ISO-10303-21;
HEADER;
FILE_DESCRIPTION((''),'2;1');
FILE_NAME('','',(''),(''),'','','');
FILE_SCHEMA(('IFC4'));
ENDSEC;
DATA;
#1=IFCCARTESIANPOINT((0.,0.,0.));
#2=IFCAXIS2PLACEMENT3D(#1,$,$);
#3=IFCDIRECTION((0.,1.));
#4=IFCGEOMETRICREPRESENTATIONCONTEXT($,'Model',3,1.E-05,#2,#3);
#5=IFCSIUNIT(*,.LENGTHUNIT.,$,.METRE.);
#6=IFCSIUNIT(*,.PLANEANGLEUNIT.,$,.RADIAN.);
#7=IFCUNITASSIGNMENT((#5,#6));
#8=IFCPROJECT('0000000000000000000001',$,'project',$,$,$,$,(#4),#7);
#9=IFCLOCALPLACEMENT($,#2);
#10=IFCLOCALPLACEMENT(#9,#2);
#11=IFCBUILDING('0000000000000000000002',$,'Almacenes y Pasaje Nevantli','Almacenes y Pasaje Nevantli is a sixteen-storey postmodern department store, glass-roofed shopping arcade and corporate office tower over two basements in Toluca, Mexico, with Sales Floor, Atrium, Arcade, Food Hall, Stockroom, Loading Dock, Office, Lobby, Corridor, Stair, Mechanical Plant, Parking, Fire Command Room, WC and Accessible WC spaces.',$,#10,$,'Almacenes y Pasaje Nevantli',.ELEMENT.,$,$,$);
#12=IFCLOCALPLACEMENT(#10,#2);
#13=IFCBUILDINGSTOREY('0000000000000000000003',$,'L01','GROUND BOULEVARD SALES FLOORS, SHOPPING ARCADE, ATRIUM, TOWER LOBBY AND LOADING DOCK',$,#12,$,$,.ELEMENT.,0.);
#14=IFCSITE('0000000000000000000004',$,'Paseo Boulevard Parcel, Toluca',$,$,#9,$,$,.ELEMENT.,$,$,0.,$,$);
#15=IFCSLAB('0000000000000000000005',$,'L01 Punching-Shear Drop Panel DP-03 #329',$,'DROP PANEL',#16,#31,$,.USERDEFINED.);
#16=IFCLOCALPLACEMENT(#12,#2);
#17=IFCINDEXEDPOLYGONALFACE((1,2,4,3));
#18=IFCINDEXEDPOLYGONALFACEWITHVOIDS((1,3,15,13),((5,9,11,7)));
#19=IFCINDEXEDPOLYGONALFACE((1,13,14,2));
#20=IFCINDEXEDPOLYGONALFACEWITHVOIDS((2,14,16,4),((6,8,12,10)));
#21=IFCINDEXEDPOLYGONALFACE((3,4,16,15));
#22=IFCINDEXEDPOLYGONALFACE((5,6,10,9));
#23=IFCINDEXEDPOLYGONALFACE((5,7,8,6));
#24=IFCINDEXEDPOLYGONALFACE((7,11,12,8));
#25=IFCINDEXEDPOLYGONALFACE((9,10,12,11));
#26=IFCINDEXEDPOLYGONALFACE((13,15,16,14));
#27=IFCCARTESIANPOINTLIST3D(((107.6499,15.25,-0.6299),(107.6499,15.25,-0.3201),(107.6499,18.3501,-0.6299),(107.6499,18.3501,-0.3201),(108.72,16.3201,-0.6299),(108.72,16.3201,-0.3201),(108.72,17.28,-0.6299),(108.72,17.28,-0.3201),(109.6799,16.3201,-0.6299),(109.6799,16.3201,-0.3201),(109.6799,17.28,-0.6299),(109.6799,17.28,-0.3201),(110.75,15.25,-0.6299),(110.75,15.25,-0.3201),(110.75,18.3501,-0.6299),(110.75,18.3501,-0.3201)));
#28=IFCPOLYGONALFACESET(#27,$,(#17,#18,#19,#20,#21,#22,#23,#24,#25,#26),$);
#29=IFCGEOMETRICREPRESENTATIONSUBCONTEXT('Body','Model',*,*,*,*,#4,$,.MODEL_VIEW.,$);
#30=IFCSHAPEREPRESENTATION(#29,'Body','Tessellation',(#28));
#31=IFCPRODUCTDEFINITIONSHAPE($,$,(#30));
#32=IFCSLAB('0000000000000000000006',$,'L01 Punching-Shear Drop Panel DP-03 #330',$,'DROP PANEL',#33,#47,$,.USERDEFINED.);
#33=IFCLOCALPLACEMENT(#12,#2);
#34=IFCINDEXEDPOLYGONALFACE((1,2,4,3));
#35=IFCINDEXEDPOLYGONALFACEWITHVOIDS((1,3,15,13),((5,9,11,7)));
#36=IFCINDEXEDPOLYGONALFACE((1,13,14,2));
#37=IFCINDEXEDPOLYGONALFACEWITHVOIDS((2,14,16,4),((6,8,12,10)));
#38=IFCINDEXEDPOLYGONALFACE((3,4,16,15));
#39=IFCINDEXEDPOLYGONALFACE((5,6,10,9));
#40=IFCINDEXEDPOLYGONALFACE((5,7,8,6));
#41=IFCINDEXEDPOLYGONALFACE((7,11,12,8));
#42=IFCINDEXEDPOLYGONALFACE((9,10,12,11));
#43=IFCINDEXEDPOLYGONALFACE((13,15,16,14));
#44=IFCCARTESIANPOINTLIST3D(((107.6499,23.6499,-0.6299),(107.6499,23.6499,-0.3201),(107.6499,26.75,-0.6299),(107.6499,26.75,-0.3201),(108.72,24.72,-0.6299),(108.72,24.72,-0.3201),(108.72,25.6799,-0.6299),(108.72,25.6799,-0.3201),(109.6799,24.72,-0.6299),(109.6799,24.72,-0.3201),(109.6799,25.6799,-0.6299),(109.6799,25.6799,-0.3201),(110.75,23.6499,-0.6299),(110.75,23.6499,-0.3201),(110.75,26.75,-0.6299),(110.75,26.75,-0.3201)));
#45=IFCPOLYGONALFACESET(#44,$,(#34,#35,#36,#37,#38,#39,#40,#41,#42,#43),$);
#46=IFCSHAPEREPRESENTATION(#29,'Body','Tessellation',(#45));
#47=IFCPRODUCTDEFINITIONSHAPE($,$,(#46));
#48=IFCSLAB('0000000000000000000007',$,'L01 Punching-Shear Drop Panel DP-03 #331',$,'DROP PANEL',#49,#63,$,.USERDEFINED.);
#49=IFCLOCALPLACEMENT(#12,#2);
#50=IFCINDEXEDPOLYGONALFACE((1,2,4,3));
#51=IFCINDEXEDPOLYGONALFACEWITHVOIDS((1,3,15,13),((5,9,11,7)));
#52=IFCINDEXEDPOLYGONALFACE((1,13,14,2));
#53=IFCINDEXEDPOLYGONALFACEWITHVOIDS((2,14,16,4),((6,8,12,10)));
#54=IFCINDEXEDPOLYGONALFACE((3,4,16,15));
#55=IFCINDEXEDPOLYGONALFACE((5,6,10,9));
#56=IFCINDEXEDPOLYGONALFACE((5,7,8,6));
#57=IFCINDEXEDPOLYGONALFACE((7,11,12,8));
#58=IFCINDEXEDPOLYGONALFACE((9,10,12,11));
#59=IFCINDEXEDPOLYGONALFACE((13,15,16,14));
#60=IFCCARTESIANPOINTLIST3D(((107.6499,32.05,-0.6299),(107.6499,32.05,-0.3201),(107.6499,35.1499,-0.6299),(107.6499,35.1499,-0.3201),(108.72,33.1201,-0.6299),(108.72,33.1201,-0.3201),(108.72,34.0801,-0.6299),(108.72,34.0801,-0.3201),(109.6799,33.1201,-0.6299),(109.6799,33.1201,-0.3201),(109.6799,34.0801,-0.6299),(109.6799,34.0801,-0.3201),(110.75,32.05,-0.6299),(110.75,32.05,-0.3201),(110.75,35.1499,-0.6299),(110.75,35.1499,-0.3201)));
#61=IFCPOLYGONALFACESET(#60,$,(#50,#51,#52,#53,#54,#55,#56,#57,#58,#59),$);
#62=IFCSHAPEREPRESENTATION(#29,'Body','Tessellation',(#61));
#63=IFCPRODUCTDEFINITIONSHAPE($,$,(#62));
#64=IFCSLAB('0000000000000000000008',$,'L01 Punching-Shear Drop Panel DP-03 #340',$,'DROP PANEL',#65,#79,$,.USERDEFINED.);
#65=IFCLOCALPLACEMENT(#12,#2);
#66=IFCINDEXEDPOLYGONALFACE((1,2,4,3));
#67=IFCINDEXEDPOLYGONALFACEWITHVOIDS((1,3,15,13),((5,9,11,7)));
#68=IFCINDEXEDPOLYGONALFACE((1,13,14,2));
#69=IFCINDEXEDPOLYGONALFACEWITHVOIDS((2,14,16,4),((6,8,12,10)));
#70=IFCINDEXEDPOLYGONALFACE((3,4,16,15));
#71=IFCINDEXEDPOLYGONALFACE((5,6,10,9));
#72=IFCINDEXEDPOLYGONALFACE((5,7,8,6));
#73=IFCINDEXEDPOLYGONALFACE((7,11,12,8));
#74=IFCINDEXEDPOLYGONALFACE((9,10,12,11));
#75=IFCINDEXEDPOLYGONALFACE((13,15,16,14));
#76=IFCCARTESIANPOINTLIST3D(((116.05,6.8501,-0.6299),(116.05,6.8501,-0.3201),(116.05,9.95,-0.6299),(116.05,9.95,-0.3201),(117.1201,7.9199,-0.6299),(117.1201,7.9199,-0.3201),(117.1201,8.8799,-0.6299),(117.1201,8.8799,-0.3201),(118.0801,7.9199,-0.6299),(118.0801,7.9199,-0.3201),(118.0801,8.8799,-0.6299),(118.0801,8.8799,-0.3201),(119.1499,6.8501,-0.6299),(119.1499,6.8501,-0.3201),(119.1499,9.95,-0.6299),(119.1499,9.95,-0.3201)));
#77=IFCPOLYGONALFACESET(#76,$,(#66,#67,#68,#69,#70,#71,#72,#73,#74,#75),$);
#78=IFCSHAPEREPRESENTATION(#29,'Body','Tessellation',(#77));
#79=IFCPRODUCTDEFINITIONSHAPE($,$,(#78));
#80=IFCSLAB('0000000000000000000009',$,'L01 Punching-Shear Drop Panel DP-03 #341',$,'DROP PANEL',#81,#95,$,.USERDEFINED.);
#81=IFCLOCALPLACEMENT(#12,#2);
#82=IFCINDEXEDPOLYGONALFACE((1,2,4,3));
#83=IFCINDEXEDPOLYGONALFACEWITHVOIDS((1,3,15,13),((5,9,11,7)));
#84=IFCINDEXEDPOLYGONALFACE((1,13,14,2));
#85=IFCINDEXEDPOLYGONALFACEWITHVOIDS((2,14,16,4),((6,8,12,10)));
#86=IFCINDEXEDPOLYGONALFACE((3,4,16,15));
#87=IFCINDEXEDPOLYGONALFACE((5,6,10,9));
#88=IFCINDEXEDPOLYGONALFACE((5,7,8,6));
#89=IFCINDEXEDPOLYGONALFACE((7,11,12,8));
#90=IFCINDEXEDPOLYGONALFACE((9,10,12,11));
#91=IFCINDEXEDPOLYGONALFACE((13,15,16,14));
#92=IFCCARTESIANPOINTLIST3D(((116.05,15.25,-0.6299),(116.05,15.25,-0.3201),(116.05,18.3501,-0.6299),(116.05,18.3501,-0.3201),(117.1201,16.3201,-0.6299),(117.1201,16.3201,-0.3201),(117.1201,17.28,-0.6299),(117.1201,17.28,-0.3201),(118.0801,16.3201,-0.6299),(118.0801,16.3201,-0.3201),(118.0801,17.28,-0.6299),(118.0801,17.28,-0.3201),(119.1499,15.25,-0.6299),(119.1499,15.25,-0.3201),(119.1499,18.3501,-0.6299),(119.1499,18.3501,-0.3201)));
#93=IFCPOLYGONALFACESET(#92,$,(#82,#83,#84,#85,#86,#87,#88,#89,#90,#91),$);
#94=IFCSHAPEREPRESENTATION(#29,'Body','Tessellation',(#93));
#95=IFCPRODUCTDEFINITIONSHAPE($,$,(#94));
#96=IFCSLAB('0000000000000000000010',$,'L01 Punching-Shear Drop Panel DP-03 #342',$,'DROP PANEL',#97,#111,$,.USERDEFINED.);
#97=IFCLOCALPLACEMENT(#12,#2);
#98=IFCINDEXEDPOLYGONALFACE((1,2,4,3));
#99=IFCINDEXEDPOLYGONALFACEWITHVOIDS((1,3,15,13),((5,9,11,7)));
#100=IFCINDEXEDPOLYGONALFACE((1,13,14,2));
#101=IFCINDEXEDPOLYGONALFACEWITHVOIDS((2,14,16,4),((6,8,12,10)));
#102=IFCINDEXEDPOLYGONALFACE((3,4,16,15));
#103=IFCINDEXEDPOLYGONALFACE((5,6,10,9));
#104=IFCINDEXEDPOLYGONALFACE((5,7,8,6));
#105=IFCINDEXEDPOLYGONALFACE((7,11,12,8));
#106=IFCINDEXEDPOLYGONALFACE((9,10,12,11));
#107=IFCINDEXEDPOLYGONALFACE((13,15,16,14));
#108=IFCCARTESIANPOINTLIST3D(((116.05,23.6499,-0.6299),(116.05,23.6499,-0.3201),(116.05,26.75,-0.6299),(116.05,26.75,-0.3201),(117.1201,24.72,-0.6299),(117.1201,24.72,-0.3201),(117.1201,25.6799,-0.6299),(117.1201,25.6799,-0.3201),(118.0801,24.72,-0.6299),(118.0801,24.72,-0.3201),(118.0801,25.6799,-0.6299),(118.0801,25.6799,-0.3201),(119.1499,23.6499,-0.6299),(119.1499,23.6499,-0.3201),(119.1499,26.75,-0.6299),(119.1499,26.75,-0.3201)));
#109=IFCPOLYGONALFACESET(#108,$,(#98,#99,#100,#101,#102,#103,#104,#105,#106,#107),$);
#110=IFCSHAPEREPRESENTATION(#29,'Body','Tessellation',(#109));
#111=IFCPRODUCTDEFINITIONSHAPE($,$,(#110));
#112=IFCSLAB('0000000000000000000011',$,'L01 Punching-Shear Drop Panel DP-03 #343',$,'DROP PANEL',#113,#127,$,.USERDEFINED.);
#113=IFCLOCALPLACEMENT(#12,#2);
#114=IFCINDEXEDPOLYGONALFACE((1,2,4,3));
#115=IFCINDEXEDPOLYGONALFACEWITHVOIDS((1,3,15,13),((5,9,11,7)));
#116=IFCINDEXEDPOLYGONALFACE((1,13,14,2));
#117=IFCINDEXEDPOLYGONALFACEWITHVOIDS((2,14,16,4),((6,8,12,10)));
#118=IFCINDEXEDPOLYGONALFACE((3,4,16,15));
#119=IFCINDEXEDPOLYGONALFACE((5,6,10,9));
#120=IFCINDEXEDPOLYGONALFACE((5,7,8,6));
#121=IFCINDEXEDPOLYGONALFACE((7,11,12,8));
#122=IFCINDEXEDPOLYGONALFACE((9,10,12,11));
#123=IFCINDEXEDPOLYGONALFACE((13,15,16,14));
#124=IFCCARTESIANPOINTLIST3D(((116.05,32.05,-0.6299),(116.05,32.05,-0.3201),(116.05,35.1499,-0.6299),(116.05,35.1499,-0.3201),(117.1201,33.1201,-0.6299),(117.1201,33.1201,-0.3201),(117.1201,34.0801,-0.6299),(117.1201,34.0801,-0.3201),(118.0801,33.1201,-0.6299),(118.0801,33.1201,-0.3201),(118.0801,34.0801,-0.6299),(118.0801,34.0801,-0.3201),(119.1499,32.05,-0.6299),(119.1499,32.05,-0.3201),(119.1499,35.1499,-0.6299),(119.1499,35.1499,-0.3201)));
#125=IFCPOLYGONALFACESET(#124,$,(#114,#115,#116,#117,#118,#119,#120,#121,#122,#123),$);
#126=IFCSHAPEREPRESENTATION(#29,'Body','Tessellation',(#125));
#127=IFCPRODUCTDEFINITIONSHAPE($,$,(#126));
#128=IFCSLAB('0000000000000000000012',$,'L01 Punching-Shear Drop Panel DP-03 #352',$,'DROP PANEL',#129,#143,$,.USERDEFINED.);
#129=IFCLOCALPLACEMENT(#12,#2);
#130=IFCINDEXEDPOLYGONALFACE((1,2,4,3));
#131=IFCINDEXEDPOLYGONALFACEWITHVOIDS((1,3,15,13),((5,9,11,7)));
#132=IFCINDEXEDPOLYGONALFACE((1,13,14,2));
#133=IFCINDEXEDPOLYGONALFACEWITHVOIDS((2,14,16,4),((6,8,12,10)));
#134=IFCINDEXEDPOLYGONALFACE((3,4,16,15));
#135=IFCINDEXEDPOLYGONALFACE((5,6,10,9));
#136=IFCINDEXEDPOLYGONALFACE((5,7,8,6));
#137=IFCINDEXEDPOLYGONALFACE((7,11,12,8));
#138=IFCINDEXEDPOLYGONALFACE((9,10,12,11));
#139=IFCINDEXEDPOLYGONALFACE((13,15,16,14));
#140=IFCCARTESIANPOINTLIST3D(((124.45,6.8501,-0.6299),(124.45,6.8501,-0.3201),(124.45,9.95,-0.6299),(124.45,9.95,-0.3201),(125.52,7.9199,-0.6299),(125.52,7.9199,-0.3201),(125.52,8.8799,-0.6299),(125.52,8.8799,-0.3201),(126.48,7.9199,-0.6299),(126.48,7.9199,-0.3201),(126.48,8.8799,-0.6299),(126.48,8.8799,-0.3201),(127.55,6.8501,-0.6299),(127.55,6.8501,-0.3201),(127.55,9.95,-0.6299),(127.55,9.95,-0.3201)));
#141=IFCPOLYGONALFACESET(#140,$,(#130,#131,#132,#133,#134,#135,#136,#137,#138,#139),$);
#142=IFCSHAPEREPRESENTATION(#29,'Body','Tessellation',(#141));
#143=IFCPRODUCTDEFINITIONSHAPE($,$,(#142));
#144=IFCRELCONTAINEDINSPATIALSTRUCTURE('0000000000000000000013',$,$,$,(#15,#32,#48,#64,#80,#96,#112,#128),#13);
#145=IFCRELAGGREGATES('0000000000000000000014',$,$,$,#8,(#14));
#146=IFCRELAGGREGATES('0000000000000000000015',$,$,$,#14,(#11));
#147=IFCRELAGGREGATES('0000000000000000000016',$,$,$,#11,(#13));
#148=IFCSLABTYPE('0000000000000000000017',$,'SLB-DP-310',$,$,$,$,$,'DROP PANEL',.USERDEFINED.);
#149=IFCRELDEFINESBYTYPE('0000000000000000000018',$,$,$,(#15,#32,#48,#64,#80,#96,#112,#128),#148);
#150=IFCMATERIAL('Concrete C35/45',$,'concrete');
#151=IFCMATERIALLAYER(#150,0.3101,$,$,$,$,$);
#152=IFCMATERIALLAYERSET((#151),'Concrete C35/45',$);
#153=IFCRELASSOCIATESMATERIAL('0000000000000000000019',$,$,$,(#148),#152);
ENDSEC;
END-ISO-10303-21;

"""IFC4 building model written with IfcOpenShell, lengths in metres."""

from ifc_helpers import new_model, si_unit, direction, frame, origin, place, context, subcontext, project, spatial, polyline, outline, extrude, material, layer, layer_set, type_object, element, save


model = new_model("IFC4")

# Units and contexts
model_context = context("Model", 3, precision=1e-05, world=origin(), true_north=direction((0.0, 1.0)))
body_context = subcontext(model_context, "Body", "Model", "MODEL_VIEW")
ifc_project = project(units=[si_unit("LENGTHUNIT", "METRE"), si_unit("PLANEANGLEUNIT", "RADIAN")], contexts=[model_context])

# Site, building, storey
site_placement = place(None, origin())
site = spatial("IfcSite", under=ifc_project, at=site_placement, Name="Paseo Boulevard Parcel, Toluca", CompositionType="ELEMENT", RefElevation=0.0)
building_placement = place(site_placement, origin())
building = spatial("IfcBuilding", under=site, at=building_placement, Name="Almacenes y Pasaje Nevantli", Description="Almacenes y Pasaje Nevantli is a sixteen-storey postmodern department store, glass-roofed shopping arcade and corporate office tower over two basements in Toluca, Mexico, with Sales Floor, Atrium, Arcade, Food Hall, Stockroom, Loading Dock, Office, Lobby, Corridor, Stair, Mechanical Plant, Parking, Fire Command Room, WC and Accessible WC spaces.", LongName="Almacenes y Pasaje Nevantli", CompositionType="ELEMENT")
storey_placement = place(building_placement, origin())
storey = spatial("IfcBuildingStorey", under=building, at=storey_placement, Name="L01", Description="GROUND BOULEVARD SALES FLOORS, SHOPPING ARCADE, ATRIUM, TOWER LOBBY AND LOADING DOCK", CompositionType="ELEMENT", Elevation=0.0)

# Slabs
ifc_material_1 = material(Name="Concrete C35/45", Category="concrete")
ifc_layer_1 = layer(ifc_material_1, 0.3101)
ifc_layer_set_1 = layer_set([ifc_layer_1], Name="Concrete C35/45")
slab_type_1 = type_object("IfcSlabType", Name="SLB-DP-310", ElementType="DROP PANEL", PredefinedType="USERDEFINED", material=ifc_layer_set_1)
slab_1_placement = place(storey_placement, frame((0.0, 0.0, -0.6299)))
element("IfcSlab", 1, at=slab_1_placement, inside=storey, type_object=slab_type_1, Name="L01 Punching-Shear Drop Panel DP-03 #329", ObjectType="DROP PANEL", PredefinedType="USERDEFINED", context=body_context, shape_type="SweptSolid", body=[
    extrude(outline(polyline([(107.6499, 15.25), (110.75, 15.25), (110.75, 18.3501), (107.6499, 18.3501), (107.6499, 15.25)]), holes=[polyline([(108.72, 16.3201), (109.6799, 16.3201), (109.6799, 17.28), (108.72, 17.28), (108.72, 16.3201)])]), origin(), (0.0, 0.0, 1.0), 0.3098),
])
slab_2_placement = place(storey_placement, frame((0.0, 0.0, -0.6299)))
element("IfcSlab", 2, at=slab_2_placement, inside=storey, type_object=slab_type_1, Name="L01 Punching-Shear Drop Panel DP-03 #330", ObjectType="DROP PANEL", PredefinedType="USERDEFINED", context=body_context, shape_type="SweptSolid", body=[
    extrude(outline(polyline([(107.6499, 23.6499), (110.75, 23.6499), (110.75, 26.75), (107.6499, 26.75), (107.6499, 23.6499)]), holes=[polyline([(108.72, 24.72), (109.6799, 24.72), (109.6799, 25.6799), (108.72, 25.6799), (108.72, 24.72)])]), origin(), (0.0, 0.0, 1.0), 0.3098),
])
slab_3_placement = place(storey_placement, frame((0.0, 0.0, -0.6299)))
element("IfcSlab", 3, at=slab_3_placement, inside=storey, type_object=slab_type_1, Name="L01 Punching-Shear Drop Panel DP-03 #331", ObjectType="DROP PANEL", PredefinedType="USERDEFINED", context=body_context, shape_type="SweptSolid", body=[
    extrude(outline(polyline([(107.6499, 32.05), (110.75, 32.05), (110.75, 35.1499), (107.6499, 35.1499), (107.6499, 32.05)]), holes=[polyline([(108.72, 33.1201), (109.6799, 33.1201), (109.6799, 34.0801), (108.72, 34.0801), (108.72, 33.1201)])]), origin(), (0.0, 0.0, 1.0), 0.3098),
])
slab_4_placement = place(storey_placement, frame((0.0, 0.0, -0.6299)))
element("IfcSlab", 4, at=slab_4_placement, inside=storey, type_object=slab_type_1, Name="L01 Punching-Shear Drop Panel DP-03 #340", ObjectType="DROP PANEL", PredefinedType="USERDEFINED", context=body_context, shape_type="SweptSolid", body=[
    extrude(outline(polyline([(116.05, 6.8501), (119.1499, 6.8501), (119.1499, 9.95), (116.05, 9.95), (116.05, 6.8501)]), holes=[polyline([(117.1201, 7.9199), (118.0801, 7.9199), (118.0801, 8.8799), (117.1201, 8.8799), (117.1201, 7.9199)])]), origin(), (0.0, 0.0, 1.0), 0.3098),
])
slab_5_placement = place(storey_placement, frame((0.0, 0.0, -0.6299)))
element("IfcSlab", 5, at=slab_5_placement, inside=storey, type_object=slab_type_1, Name="L01 Punching-Shear Drop Panel DP-03 #341", ObjectType="DROP PANEL", PredefinedType="USERDEFINED", context=body_context, shape_type="SweptSolid", body=[
    extrude(outline(polyline([(116.05, 15.25), (119.1499, 15.25), (119.1499, 18.3501), (116.05, 18.3501), (116.05, 15.25)]), holes=[polyline([(117.1201, 16.3201), (118.0801, 16.3201), (118.0801, 17.28), (117.1201, 17.28), (117.1201, 16.3201)])]), origin(), (0.0, 0.0, 1.0), 0.3098),
])
slab_6_placement = place(storey_placement, frame((0.0, 0.0, -0.6299)))
element("IfcSlab", 6, at=slab_6_placement, inside=storey, type_object=slab_type_1, Name="L01 Punching-Shear Drop Panel DP-03 #342", ObjectType="DROP PANEL", PredefinedType="USERDEFINED", context=body_context, shape_type="SweptSolid", body=[
    extrude(outline(polyline([(116.05, 23.6499), (119.1499, 23.6499), (119.1499, 26.75), (116.05, 26.75), (116.05, 23.6499)]), holes=[polyline([(117.1201, 24.72), (118.0801, 24.72), (118.0801, 25.6799), (117.1201, 25.6799), (117.1201, 24.72)])]), origin(), (0.0, 0.0, 1.0), 0.3098),
])
slab_7_placement = place(storey_placement, frame((0.0, 0.0, -0.6299)))
element("IfcSlab", 7, at=slab_7_placement, inside=storey, type_object=slab_type_1, Name="L01 Punching-Shear Drop Panel DP-03 #343", ObjectType="DROP PANEL", PredefinedType="USERDEFINED", context=body_context, shape_type="SweptSolid", body=[
    extrude(outline(polyline([(116.05, 32.05), (119.1499, 32.05), (119.1499, 35.1499), (116.05, 35.1499), (116.05, 32.05)]), holes=[polyline([(117.1201, 33.1201), (118.0801, 33.1201), (118.0801, 34.0801), (117.1201, 34.0801), (117.1201, 33.1201)])]), origin(), (0.0, 0.0, 1.0), 0.3098),
])
slab_8_placement = place(storey_placement, frame((0.0, 0.0, -0.6299)))
element("IfcSlab", 8, at=slab_8_placement, inside=storey, type_object=slab_type_1, Name="L01 Punching-Shear Drop Panel DP-03 #352", ObjectType="DROP PANEL", PredefinedType="USERDEFINED", context=body_context, shape_type="SweptSolid", body=[
    extrude(outline(polyline([(124.45, 6.8501), (127.55, 6.8501), (127.55, 9.95), (124.45, 9.95), (124.45, 6.8501)]), holes=[polyline([(125.52, 7.9199), (126.48, 7.9199), (126.48, 8.8799), (125.52, 8.8799), (125.52, 7.9199)])]), origin(), (0.0, 0.0, 1.0), 0.3098),
])

save(model, "model.ifc")
